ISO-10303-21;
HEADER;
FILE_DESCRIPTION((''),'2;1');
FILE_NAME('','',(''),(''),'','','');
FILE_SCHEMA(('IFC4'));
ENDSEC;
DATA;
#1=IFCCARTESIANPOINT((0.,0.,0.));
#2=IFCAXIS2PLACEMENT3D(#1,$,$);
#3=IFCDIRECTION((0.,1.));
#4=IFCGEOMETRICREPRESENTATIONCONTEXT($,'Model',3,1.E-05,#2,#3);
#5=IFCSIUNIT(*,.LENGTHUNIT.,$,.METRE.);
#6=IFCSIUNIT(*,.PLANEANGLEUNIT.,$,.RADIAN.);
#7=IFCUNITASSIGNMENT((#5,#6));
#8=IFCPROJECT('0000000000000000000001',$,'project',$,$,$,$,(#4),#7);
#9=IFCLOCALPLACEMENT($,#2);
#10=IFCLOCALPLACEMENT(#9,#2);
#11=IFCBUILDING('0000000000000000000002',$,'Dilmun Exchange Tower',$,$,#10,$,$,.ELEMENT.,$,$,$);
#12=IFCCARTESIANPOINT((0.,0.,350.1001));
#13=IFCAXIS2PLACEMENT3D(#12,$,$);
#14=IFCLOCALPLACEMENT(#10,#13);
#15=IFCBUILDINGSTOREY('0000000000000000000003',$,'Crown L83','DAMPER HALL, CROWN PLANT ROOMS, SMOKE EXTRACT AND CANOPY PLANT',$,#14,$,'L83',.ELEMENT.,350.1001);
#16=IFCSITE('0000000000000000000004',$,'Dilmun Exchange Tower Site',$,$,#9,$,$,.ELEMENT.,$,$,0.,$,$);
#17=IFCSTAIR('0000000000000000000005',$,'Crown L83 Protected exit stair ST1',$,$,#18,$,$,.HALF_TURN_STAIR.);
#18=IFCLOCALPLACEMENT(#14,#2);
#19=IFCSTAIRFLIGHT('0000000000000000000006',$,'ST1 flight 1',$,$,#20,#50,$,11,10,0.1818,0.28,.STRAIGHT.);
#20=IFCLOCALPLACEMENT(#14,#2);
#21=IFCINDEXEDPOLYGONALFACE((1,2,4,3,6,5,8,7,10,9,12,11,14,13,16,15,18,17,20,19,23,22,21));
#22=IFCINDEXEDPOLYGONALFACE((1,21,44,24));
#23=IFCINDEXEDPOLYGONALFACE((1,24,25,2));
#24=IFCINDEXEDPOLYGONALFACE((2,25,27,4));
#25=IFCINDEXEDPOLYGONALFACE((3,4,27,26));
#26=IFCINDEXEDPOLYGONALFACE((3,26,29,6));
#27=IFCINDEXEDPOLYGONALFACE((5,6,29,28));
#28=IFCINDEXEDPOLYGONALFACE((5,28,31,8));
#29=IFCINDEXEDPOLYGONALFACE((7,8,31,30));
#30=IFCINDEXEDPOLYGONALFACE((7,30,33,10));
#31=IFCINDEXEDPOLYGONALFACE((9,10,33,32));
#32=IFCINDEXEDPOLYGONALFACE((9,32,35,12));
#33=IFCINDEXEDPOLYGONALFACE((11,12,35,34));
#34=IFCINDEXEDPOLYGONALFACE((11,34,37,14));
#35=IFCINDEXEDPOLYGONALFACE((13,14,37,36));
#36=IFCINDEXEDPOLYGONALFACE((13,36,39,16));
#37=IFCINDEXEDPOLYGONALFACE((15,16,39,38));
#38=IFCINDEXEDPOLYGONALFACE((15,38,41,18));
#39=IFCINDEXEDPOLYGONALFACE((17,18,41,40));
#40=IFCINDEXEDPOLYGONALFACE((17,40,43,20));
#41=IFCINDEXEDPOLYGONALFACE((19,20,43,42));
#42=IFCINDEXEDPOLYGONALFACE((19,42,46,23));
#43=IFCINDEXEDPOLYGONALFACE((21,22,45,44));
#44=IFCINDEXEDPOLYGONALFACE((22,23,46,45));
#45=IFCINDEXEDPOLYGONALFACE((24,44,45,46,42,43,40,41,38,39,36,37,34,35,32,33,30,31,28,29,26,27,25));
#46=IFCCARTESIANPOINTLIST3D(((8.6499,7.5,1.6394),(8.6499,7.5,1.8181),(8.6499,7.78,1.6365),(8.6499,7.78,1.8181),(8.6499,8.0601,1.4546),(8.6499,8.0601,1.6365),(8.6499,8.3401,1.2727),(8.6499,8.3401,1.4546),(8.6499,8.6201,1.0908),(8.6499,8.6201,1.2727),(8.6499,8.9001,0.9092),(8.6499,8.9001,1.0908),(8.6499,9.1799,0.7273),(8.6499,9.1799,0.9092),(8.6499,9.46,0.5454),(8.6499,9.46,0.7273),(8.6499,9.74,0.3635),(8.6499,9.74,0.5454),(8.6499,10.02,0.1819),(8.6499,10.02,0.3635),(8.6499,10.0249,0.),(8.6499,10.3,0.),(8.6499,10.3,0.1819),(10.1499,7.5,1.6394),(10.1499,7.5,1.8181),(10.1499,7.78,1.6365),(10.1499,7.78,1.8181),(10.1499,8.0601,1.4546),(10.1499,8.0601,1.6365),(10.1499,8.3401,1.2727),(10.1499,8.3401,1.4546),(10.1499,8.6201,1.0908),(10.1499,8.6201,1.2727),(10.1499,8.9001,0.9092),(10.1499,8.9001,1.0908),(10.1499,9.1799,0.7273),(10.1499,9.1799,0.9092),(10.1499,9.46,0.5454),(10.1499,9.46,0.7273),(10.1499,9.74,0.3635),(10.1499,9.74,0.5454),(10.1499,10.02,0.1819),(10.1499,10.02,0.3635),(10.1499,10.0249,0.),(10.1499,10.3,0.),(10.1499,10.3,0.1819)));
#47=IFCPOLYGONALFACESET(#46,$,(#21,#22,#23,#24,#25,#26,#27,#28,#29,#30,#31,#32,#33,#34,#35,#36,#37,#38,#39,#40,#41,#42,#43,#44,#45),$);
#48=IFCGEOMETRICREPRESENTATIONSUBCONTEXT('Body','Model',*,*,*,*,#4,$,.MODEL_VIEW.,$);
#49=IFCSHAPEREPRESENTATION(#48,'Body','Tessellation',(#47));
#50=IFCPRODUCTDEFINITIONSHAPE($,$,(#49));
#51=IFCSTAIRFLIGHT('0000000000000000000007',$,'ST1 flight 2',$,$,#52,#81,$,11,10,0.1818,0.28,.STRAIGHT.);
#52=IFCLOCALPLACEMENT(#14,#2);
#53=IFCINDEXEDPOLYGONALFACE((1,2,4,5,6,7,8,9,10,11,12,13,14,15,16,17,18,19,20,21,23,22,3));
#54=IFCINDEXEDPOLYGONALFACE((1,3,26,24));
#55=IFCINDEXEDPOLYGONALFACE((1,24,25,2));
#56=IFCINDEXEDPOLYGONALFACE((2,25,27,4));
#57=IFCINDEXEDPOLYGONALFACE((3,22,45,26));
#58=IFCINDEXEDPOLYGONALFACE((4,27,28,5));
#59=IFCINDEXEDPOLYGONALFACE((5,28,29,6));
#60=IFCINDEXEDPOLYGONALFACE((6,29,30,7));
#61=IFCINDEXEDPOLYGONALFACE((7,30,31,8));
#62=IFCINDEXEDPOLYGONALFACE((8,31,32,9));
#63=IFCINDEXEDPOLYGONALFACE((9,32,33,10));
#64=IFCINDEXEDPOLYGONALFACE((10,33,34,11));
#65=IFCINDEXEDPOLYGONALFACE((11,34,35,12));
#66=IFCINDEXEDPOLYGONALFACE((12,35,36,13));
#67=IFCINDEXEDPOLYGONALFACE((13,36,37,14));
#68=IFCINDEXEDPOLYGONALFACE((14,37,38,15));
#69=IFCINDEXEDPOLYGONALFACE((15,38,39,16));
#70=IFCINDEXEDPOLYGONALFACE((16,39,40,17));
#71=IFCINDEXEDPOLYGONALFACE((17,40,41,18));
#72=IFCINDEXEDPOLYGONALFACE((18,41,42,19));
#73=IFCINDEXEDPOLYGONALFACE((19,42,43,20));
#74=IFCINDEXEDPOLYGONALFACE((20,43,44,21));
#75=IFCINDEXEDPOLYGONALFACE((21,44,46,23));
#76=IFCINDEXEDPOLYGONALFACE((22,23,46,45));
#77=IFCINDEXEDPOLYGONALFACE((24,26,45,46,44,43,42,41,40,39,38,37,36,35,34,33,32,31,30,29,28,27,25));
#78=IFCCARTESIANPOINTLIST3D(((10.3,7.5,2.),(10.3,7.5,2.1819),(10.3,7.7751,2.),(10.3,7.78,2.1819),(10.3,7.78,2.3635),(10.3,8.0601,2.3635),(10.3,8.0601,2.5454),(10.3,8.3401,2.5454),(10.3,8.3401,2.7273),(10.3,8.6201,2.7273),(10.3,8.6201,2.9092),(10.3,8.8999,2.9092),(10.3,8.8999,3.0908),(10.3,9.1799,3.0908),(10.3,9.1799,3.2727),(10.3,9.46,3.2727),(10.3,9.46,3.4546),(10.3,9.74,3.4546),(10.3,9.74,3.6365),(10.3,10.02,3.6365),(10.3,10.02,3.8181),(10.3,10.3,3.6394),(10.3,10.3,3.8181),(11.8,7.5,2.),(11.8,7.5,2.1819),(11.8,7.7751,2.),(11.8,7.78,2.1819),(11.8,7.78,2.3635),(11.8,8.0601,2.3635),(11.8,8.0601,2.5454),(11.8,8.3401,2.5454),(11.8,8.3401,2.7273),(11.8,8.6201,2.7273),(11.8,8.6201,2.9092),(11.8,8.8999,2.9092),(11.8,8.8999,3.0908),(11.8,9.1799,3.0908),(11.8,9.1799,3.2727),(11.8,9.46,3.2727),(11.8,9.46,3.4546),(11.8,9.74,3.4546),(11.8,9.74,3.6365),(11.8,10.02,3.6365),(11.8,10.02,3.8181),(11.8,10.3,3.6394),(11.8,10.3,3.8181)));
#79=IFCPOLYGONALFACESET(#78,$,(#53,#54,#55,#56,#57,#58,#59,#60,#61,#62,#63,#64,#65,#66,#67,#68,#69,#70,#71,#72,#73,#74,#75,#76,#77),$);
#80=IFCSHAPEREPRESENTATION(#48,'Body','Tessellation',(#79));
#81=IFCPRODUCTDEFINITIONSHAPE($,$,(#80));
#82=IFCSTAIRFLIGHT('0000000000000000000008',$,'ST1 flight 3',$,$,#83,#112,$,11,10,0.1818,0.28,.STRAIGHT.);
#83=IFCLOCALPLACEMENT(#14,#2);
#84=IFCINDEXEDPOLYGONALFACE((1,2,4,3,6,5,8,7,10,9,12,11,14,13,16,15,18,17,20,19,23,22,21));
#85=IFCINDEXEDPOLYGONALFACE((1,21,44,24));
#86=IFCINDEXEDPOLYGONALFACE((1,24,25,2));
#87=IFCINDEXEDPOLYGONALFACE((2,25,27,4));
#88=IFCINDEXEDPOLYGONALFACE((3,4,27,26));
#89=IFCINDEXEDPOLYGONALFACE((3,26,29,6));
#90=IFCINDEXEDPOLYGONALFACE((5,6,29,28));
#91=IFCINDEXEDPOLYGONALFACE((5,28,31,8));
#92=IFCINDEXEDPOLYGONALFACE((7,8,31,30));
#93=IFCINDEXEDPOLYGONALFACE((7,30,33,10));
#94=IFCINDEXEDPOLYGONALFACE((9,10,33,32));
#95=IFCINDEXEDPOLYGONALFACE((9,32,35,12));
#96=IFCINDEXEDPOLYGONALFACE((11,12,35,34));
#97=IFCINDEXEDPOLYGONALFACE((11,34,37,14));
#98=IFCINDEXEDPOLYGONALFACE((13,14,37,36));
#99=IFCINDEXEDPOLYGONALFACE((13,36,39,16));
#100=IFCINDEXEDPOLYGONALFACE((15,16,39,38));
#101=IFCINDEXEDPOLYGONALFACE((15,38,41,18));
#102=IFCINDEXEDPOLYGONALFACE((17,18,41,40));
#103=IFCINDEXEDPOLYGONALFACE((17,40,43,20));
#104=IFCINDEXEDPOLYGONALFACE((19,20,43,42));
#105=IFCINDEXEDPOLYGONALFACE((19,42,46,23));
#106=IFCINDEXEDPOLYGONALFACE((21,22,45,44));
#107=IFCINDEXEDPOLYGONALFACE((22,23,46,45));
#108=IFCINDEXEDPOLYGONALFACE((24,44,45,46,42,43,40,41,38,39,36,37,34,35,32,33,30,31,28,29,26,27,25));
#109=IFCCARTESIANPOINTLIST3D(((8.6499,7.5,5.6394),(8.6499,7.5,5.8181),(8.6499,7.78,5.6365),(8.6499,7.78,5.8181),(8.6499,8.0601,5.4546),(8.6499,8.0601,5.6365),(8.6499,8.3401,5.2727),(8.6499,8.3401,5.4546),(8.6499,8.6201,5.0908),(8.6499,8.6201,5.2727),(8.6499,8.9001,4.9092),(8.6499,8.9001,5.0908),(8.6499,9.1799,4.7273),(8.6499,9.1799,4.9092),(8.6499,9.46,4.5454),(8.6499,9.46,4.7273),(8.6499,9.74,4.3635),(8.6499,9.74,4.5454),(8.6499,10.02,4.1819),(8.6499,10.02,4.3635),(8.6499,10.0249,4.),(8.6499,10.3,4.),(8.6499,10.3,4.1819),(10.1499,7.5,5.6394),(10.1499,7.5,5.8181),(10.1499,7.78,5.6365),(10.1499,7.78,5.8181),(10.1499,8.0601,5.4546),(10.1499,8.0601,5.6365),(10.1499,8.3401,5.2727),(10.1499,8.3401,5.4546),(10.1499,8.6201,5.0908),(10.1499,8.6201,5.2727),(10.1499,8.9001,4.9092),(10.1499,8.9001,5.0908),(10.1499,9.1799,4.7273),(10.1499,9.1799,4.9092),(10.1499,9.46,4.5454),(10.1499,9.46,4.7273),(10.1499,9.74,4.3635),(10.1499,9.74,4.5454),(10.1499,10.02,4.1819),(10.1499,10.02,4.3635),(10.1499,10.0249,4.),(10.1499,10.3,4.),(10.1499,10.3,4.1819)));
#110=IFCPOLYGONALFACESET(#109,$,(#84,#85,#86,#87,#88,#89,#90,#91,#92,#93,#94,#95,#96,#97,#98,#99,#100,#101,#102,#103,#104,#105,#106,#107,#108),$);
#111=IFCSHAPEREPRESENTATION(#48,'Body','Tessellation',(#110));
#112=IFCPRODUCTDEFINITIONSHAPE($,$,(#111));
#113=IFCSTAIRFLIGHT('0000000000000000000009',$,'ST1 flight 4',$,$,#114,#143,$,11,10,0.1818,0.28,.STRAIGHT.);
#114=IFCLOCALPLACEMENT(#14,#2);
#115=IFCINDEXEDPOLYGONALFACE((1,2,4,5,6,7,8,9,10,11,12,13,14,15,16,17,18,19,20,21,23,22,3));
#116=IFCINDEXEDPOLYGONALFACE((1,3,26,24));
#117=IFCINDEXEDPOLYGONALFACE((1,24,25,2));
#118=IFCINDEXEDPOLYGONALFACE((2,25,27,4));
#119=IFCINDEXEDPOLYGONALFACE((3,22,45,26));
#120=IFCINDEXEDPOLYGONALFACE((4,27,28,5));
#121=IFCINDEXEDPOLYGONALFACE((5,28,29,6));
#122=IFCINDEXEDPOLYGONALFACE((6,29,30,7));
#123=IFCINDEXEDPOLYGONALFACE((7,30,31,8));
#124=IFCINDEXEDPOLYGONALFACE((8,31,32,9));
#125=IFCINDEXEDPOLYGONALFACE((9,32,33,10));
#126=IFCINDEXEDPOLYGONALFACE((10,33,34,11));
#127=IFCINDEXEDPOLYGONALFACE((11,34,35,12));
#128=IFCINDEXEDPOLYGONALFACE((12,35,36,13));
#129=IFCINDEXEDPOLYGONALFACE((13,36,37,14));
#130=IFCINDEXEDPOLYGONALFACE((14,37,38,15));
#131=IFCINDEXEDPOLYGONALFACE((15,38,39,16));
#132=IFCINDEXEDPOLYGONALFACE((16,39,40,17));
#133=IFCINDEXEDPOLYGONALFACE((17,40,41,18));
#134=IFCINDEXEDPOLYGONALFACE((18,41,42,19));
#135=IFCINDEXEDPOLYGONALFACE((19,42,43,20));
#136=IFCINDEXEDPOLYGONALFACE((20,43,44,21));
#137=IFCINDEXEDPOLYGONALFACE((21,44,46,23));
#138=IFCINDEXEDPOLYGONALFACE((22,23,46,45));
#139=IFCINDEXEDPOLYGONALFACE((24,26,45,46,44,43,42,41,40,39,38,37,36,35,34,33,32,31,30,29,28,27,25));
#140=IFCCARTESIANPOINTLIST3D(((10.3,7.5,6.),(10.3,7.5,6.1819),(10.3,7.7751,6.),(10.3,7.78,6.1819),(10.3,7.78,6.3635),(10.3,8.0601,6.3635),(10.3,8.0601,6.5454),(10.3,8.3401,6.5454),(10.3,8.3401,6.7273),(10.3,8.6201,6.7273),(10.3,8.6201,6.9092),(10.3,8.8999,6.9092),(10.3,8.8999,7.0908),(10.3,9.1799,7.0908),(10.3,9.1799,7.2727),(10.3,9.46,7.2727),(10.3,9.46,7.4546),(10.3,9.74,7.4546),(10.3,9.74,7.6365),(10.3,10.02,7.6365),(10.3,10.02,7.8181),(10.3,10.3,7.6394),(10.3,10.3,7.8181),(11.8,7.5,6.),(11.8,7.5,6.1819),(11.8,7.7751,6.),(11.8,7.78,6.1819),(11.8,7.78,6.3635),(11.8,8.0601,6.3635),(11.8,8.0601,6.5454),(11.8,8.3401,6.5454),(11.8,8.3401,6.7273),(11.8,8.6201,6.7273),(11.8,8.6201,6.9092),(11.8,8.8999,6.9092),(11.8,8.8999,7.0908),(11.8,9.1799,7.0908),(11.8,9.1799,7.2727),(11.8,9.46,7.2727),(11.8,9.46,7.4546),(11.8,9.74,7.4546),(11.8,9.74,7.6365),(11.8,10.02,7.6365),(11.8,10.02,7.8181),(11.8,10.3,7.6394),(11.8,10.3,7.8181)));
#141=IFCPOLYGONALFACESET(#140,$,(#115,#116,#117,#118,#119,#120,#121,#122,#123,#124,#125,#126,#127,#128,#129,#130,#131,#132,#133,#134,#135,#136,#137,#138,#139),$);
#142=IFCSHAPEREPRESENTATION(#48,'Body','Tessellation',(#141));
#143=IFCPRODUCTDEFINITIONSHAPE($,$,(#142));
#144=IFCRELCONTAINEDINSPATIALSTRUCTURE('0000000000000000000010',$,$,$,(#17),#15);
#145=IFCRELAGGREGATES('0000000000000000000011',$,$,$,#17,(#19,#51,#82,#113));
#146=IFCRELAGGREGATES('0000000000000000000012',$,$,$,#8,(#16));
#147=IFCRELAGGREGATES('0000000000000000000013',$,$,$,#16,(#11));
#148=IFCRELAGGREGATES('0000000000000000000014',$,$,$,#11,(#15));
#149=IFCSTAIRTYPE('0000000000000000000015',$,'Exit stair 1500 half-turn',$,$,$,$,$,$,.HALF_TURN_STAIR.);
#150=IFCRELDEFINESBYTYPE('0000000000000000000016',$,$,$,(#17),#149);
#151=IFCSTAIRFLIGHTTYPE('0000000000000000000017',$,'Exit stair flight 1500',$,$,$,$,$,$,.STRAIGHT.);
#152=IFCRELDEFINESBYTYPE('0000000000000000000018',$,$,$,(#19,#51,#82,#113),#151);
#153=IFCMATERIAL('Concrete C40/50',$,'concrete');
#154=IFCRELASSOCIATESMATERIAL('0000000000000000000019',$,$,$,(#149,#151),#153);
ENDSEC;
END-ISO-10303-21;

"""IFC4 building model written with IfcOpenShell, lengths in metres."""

from ifc_helpers import new_model, si_unit, direction, frame, origin, place, context, subcontext, project, spatial, polyline, outline, extrude, material, type_object, element, aggregate, save


model = new_model("IFC4")

# Units and contexts
model_context = context("Model", 3, precision=1e-05, world=origin(), true_north=direction((0.0, 1.0)))
body_context = subcontext(model_context, "Body", "Model", "MODEL_VIEW")
ifc_project = project(units=[si_unit("LENGTHUNIT", "METRE"), si_unit("PLANEANGLEUNIT", "RADIAN")], contexts=[model_context])

# Site, building, storey
site_placement = place(None, origin())
site = spatial("IfcSite", under=ifc_project, at=site_placement, Name="Dilmun Exchange Tower Site", CompositionType="ELEMENT", RefElevation=0.0)
building_placement = place(site_placement, origin())
building = spatial("IfcBuilding", under=site, at=building_placement, Name="Dilmun Exchange Tower", CompositionType="ELEMENT")
storey_placement = place(building_placement, frame((0.0, 0.0, 350.1001)))
storey = spatial("IfcBuildingStorey", under=building, at=storey_placement, Name="Crown L83", Description="DAMPER HALL, CROWN PLANT ROOMS, SMOKE EXTRACT AND CANOPY PLANT", LongName="L83", CompositionType="ELEMENT", Elevation=350.1001)

# Shared definitions
ifc_material_1 = material(Name="Concrete C40/50", Category="concrete")
stair_type = type_object("IfcStairType", Name="Exit stair 1500 half-turn", PredefinedType="HALF_TURN_STAIR", material=ifc_material_1)

# Stair, stair flights
stair_1_placement = place(storey_placement, origin())
stair_1 = element("IfcStair", 1, at=stair_1_placement, inside=storey, type_object=stair_type, Name="Crown L83 Protected exit stair ST1", PredefinedType="HALF_TURN_STAIR")
stair_flight_type = type_object("IfcStairFlightType", Name="Exit stair flight 1500", PredefinedType="STRAIGHT", material=ifc_material_1)
stair_flight_1_placement = place(storey_placement, frame((9.3999, 10.3, 0.0), z_axis=(0.0, 0.0, 1.0), x_axis=(0.0, -1.0, 0.0)))
stair_flight_1 = element("IfcStairFlight", 2, at=stair_flight_1_placement, type_object=stair_flight_type, Name="ST1 flight 1", NumberOfRisers=11, NumberOfTreads=10, PredefinedType="STRAIGHT", RiserHeight=0.1818, TreadLength=0.28, context=body_context, shape_type="SweptSolid", body=[
    extrude(outline(polyline([(0.0, 0.0), (0.0, 0.1819), (0.28, 0.1819), (0.28, 0.3635), (0.5601, 0.3635), (0.5601, 0.5454), (0.8401, 0.5454), (0.8401, 0.7273), (1.1201, 0.7273), (1.1201, 0.9092), (1.3999, 0.9092), (1.3999, 1.0908), (1.6799, 1.0908), (1.6799, 1.2727), (1.96, 1.2727), (1.96, 1.4546), (2.24, 1.4546), (2.24, 1.6365), (2.52, 1.6365), (2.52, 1.8181), (2.8, 1.8181), (2.8, 2.0), (2.8, 1.6394), (0.2751, 0.0), (0.0, 0.0)])), frame((0.0, 0.75, 0.0), z_axis=(0.0, -1.0, 0.0), x_axis=(1.0, 0.0, 0.0)), (0.0, 0.0, 1.0), 1.5),
])
stair_flight_2_placement = place(storey_placement, frame((11.05, 7.5, 2.0), z_axis=(0.0, 0.0, 1.0), x_axis=(0.0, 1.0, 0.0)))
stair_flight_2 = element("IfcStairFlight", 3, at=stair_flight_2_placement, type_object=stair_flight_type, Name="ST1 flight 2", NumberOfRisers=11, NumberOfTreads=10, PredefinedType="STRAIGHT", RiserHeight=0.1818, TreadLength=0.28, context=body_context, shape_type="SweptSolid", body=[
    extrude(outline(polyline([(0.0, 0.0), (0.0, 0.1819), (0.28, 0.1819), (0.28, 0.3635), (0.5601, 0.3635), (0.5601, 0.5454), (0.8401, 0.5454), (0.8401, 0.7273), (1.1201, 0.7273), (1.1201, 0.9092), (1.3999, 0.9092), (1.3999, 1.0908), (1.6799, 1.0908), (1.6799, 1.2727), (1.96, 1.2727), (1.96, 1.4546), (2.24, 1.4546), (2.24, 1.6365), (2.52, 1.6365), (2.52, 1.8181), (2.8, 1.8181), (2.8, 2.0), (2.8, 1.6394), (0.2751, 0.0), (0.0, 0.0)])), frame((0.0, 0.75, 0.0), z_axis=(0.0, -1.0, 0.0), x_axis=(1.0, 0.0, 0.0)), (0.0, 0.0, 1.0), 1.5),
])
stair_flight_3_placement = place(storey_placement, frame((9.3999, 10.3, 4.0), z_axis=(0.0, 0.0, 1.0), x_axis=(0.0, -1.0, 0.0)))
stair_flight_3 = element("IfcStairFlight", 4, at=stair_flight_3_placement, type_object=stair_flight_type, Name="ST1 flight 3", NumberOfRisers=11, NumberOfTreads=10, PredefinedType="STRAIGHT", RiserHeight=0.1818, TreadLength=0.28, context=body_context, shape_type="SweptSolid", body=[
    extrude(outline(polyline([(0.0, 0.0), (0.0, 0.1819), (0.28, 0.1819), (0.28, 0.3635), (0.5601, 0.3635), (0.5601, 0.5454), (0.8401, 0.5454), (0.8401, 0.7273), (1.1201, 0.7273), (1.1201, 0.9092), (1.3999, 0.9092), (1.3999, 1.0908), (1.6799, 1.0908), (1.6799, 1.2727), (1.96, 1.2727), (1.96, 1.4546), (2.24, 1.4546), (2.24, 1.6365), (2.52, 1.6365), (2.52, 1.8181), (2.8, 1.8181), (2.8, 2.0), (2.8, 1.6394), (0.2751, 0.0), (0.0, 0.0)])), frame((0.0, 0.75, 0.0), z_axis=(0.0, -1.0, 0.0), x_axis=(1.0, 0.0, 0.0)), (0.0, 0.0, 1.0), 1.5),
])
stair_flight_4_placement = place(storey_placement, frame((11.05, 7.5, 6.0), z_axis=(0.0, 0.0, 1.0), x_axis=(0.0, 1.0, 0.0)))
stair_flight_4 = element("IfcStairFlight", 5, at=stair_flight_4_placement, type_object=stair_flight_type, Name="ST1 flight 4", NumberOfRisers=11, NumberOfTreads=10, PredefinedType="STRAIGHT", RiserHeight=0.1818, TreadLength=0.28, context=body_context, shape_type="SweptSolid", body=[
    extrude(outline(polyline([(0.0, 0.0), (0.0, 0.1819), (0.28, 0.1819), (0.28, 0.3635), (0.5601, 0.3635), (0.5601, 0.5454), (0.8401, 0.5454), (0.8401, 0.7273), (1.1201, 0.7273), (1.1201, 0.9092), (1.3999, 0.9092), (1.3999, 1.0908), (1.6799, 1.0908), (1.6799, 1.2727), (1.96, 1.2727), (1.96, 1.4546), (2.24, 1.4546), (2.24, 1.6365), (2.52, 1.6365), (2.52, 1.8181), (2.8, 1.8181), (2.8, 2.0), (2.8, 1.6394), (0.2751, 0.0), (0.0, 0.0)])), frame((0.0, 0.75, 0.0), z_axis=(0.0, -1.0, 0.0), x_axis=(1.0, 0.0, 0.0)), (0.0, 0.0, 1.0), 1.5),
])
aggregate(stair_1, [stair_flight_1, stair_flight_2, stair_flight_3, stair_flight_4])

save(model, "model.ifc")
